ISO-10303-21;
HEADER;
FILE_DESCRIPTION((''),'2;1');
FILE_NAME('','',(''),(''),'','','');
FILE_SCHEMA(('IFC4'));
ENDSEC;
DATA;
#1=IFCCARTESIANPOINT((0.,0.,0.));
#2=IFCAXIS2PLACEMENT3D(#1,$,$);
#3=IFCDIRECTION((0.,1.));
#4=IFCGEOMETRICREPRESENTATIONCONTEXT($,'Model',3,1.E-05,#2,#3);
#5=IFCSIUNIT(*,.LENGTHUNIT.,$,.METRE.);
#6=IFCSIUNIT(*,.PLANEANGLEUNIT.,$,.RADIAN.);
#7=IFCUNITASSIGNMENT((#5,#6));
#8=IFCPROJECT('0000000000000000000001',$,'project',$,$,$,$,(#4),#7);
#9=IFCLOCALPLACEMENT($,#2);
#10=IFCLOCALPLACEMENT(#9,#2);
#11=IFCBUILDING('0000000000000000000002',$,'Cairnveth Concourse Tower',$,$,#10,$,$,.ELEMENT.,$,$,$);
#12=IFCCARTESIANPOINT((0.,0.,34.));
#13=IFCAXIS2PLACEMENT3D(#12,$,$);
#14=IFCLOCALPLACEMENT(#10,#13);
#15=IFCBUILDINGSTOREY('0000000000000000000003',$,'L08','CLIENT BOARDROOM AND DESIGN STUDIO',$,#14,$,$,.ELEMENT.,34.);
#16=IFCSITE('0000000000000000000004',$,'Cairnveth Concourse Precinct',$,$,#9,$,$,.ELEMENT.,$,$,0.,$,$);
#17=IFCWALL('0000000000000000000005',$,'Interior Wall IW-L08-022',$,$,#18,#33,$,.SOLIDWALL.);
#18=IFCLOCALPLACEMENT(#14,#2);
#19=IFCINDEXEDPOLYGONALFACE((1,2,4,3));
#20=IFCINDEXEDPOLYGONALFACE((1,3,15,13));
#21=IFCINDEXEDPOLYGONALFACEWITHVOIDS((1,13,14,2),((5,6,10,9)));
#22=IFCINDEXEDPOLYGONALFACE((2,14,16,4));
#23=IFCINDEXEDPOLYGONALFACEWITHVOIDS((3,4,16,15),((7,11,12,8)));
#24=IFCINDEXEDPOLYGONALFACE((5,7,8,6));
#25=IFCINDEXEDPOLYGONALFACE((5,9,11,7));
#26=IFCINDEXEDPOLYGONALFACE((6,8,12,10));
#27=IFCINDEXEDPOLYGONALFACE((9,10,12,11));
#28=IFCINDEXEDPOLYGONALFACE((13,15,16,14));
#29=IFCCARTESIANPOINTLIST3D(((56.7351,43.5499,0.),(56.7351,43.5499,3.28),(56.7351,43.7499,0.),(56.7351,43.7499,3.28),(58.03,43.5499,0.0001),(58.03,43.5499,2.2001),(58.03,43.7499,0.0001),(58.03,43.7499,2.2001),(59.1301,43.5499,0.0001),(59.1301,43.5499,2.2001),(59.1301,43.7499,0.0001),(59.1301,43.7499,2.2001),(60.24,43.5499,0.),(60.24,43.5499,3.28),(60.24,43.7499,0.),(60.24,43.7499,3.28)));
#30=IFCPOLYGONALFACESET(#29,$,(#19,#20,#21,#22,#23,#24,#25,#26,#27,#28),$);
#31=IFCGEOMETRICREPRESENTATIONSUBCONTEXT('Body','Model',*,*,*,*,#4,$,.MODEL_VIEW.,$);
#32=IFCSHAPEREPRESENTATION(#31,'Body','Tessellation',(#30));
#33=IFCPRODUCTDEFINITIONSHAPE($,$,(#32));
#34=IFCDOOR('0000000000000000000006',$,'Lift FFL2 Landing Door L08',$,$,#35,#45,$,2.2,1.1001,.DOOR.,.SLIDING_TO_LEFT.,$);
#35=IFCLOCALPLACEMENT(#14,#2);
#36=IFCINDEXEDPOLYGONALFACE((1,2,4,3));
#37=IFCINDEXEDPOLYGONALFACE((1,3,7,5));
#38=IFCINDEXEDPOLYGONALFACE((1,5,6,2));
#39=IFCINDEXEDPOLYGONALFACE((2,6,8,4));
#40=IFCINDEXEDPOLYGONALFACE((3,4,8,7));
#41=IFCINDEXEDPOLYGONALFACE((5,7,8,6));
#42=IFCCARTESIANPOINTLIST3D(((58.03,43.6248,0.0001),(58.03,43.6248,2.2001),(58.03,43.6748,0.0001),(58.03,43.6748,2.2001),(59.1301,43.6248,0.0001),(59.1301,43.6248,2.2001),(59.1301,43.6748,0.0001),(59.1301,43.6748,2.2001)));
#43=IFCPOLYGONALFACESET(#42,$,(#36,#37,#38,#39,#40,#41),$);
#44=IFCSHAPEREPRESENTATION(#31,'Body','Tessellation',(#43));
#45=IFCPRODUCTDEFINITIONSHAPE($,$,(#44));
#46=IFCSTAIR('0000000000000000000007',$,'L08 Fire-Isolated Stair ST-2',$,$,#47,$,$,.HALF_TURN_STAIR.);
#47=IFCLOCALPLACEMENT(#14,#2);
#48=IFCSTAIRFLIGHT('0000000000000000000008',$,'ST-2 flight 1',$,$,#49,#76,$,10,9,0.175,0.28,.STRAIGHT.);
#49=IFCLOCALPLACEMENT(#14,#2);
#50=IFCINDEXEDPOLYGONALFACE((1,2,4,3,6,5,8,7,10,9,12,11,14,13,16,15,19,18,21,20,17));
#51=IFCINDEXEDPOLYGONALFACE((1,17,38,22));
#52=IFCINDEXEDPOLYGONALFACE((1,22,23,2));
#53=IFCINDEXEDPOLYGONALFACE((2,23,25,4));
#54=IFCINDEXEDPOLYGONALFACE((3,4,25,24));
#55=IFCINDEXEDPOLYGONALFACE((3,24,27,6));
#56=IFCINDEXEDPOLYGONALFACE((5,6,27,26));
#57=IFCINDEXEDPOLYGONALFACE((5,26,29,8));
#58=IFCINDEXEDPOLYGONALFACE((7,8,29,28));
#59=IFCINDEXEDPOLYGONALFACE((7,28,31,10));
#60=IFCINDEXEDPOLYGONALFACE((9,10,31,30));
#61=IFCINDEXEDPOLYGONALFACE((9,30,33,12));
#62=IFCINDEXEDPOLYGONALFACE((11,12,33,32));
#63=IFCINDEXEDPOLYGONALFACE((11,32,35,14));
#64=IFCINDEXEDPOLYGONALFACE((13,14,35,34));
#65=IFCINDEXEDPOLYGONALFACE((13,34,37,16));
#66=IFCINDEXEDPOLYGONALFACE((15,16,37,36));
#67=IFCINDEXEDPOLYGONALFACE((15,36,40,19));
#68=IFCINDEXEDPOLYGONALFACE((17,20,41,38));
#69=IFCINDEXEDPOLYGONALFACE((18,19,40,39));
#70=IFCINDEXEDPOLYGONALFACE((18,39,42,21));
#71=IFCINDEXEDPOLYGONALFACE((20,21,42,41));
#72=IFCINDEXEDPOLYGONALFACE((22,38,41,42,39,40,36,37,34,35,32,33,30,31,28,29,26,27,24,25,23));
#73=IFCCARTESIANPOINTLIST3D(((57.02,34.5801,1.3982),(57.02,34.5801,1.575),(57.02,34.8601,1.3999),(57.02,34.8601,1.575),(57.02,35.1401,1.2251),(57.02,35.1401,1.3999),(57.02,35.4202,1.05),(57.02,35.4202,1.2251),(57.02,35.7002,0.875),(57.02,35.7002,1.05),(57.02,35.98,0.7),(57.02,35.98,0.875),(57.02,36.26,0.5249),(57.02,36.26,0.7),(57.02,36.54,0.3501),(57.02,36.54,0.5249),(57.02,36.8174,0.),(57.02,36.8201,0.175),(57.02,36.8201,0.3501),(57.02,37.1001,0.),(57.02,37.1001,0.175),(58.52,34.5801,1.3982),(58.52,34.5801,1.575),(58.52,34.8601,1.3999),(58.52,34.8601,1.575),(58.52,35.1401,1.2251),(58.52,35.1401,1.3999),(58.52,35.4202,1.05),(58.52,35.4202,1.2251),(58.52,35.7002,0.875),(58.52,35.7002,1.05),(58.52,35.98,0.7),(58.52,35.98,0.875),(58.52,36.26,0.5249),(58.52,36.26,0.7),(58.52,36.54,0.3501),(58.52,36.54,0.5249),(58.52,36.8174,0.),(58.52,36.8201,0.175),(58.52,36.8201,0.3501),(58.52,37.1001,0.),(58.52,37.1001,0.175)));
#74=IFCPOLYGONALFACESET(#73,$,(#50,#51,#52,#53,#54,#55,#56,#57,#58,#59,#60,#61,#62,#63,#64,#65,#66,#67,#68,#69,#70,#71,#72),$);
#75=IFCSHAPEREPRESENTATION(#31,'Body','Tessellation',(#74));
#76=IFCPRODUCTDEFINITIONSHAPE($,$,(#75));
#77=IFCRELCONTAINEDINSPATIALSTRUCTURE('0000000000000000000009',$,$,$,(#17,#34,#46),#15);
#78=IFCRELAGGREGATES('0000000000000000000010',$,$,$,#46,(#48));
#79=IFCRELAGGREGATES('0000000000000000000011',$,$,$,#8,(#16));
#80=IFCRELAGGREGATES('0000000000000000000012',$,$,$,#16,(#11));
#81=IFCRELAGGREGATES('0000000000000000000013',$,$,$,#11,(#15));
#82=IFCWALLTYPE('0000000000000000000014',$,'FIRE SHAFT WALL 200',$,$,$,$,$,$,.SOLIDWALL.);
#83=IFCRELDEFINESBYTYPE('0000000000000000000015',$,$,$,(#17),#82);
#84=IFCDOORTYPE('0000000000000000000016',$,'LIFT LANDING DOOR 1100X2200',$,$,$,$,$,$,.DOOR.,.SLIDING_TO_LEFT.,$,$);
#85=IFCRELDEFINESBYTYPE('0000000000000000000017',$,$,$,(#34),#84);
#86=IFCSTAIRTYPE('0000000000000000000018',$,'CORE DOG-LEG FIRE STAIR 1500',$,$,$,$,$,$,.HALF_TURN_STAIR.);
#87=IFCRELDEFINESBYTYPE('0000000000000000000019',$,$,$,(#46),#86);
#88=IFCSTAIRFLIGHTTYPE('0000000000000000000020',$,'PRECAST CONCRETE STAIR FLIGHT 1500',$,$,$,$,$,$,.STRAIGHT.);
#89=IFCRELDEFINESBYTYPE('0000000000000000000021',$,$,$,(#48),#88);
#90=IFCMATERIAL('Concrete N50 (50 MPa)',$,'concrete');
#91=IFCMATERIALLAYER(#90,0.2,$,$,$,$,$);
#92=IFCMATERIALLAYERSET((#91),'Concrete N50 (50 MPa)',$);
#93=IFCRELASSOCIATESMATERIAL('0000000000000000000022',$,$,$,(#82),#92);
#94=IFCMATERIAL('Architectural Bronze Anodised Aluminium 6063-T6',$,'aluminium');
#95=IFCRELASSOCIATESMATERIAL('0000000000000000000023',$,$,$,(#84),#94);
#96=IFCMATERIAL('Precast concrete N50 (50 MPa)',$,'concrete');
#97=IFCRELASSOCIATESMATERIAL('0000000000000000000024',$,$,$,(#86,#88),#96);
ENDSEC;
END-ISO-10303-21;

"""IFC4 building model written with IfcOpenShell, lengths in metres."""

from ifc_helpers import new_model, si_unit, direction, frame, frame_2d, origin, place, context, subcontext, project, spatial, polyline, rectangle, outline, extrude, material, layer, layer_set, type_object, element, fill, aggregate, save


model = new_model("IFC4")

# Units and contexts
model_context = context("Model", 3, precision=1e-05, world=origin(), true_north=direction((0.0, 1.0)))
body_context = subcontext(model_context, "Body", "Model", "MODEL_VIEW")
ifc_project = project(units=[si_unit("LENGTHUNIT", "METRE"), si_unit("PLANEANGLEUNIT", "RADIAN")], contexts=[model_context])

# Site, building, storey
site_placement = place(None, origin())
site = spatial("IfcSite", under=ifc_project, at=site_placement, Name="Cairnveth Concourse Precinct", CompositionType="ELEMENT", RefElevation=0.0)
building_placement = place(site_placement, origin())
building = spatial("IfcBuilding", under=site, at=building_placement, Name="Cairnveth Concourse Tower", CompositionType="ELEMENT")
storey_placement = place(building_placement, frame((0.0, 0.0, 34.0)))
storey = spatial("IfcBuildingStorey", under=building, at=storey_placement, Name="L08", Description="CLIENT BOARDROOM AND DESIGN STUDIO", CompositionType="ELEMENT", Elevation=34.0)

# Shared definitions
ifc_material_1 = material(Name="Concrete N50 (50 MPa)", Category="concrete")

# Shared definitions
ifc_layer_1 = layer(ifc_material_1, 0.2)
ifc_layer_set_1 = layer_set([ifc_layer_1], Name="Concrete N50 (50 MPa)")
wall_type_1 = type_object("IfcWallType", Name="FIRE SHAFT WALL 200", PredefinedType="SOLIDWALL", material=ifc_layer_set_1)

# Wall, opening, door
wall_1_placement = place(storey_placement, frame((56.7351, 43.6499, 0.0), z_axis=(0.0, 0.0, 1.0), x_axis=(1.0, 0.0, 0.0)))
wall_1 = element("IfcWall", 1, at=wall_1_placement, inside=storey, type_object=wall_type_1, Name="Interior Wall IW-L08-022", PredefinedType="SOLIDWALL", context=body_context, shape_type="SweptSolid", body=[
    extrude(rectangle(XDim=3.5049, YDim=0.2, at=frame_2d((1.7524, 0.0))), origin(), (0.0, 0.0, 1.0), 3.28),
])
opening_1_placement = place(wall_1_placement, frame((1.2949, 0.0, 0.0)))
opening_1 = element("IfcOpeningElement", 2, at=opening_1_placement, cuts=wall_1, PredefinedType="OPENING", context=body_context, shape_type="SweptSolid", body=[
    extrude(rectangle(XDim=1.1001, YDim=2.2, at=frame_2d((0.55, 1.1001))), frame((0.0, 0.1099, 0.0), z_axis=(0.0, -1.0, 0.0), x_axis=(1.0, 0.0, 0.0)), (0.0, 0.0, 1.0), 0.22),
])
ifc_material_2 = material(Name="Architectural Bronze Anodised Aluminium 6063-T6", Category="aluminium")
door_type_1 = type_object("IfcDoorType", Name="LIFT LANDING DOOR 1100X2200", OperationType="SLIDING_TO_LEFT", PredefinedType="DOOR", material=ifc_material_2)
door_1_placement = place(opening_1_placement, origin())
door_1 = element("IfcDoor", 3, at=door_1_placement, inside=storey, type_object=door_type_1, Name="Lift FFL2 Landing Door L08", OperationType="SLIDING_TO_LEFT", OverallHeight=2.2, OverallWidth=1.1001, PredefinedType="DOOR", context=body_context, shape_type="SweptSolid", body=[
    extrude(rectangle(XDim=1.1001, YDim=2.2, at=frame_2d((0.55, 1.1001))), frame((0.0, 0.0249, 0.0), z_axis=(0.0, -1.0, 0.0), x_axis=(1.0, 0.0, 0.0)), (0.0, 0.0, 1.0), 0.05),
])
fill(opening_1, door_1)

# Stair, stair flight
ifc_material_3 = material(Name="Precast concrete N50 (50 MPa)", Category="concrete")
stair_type = type_object("IfcStairType", Name="CORE DOG-LEG FIRE STAIR 1500", PredefinedType="HALF_TURN_STAIR", material=ifc_material_3)
stair_placement = place(storey_placement, origin())
stair = element("IfcStair", 4, at=stair_placement, inside=storey, type_object=stair_type, Name="L08 Fire-Isolated Stair ST-2", PredefinedType="HALF_TURN_STAIR")
stair_flight_type = type_object("IfcStairFlightType", Name="PRECAST CONCRETE STAIR FLIGHT 1500", PredefinedType="STRAIGHT", material=ifc_material_3)
stair_flight_placement = place(storey_placement, frame((57.77, 37.1001, 0.0), z_axis=(0.0, 0.0, 1.0), x_axis=(0.0, -1.0, 0.0)))
stair_flight = element("IfcStairFlight", 5, at=stair_flight_placement, type_object=stair_flight_type, Name="ST-2 flight 1", NumberOfRisers=10, NumberOfTreads=9, PredefinedType="STRAIGHT", RiserHeight=0.175, TreadLength=0.28, context=body_context, shape_type="SweptSolid", body=[
    extrude(outline(polyline([(0.0, 0.0), (0.0, 0.175), (0.28, 0.175), (0.28, 0.3501), (0.5601, 0.3501), (0.5601, 0.5249), (0.8401, 0.5249), (0.8401, 0.7), (1.1201, 0.7), (1.1201, 0.875), (1.3999, 0.875), (1.3999, 1.05), (1.6799, 1.05), (1.6799, 1.2251), (1.96, 1.2251), (1.96, 1.3999), (2.24, 1.3999), (2.24, 1.575), (2.52, 1.575), (2.52, 1.75), (2.52, 1.3982), (0.2827, 0.0), (0.0, 0.0)])), frame((0.0, 0.75, 0.0), z_axis=(0.0, -1.0, 0.0), x_axis=(1.0, 0.0, 0.0)), (0.0, 0.0, 1.0), 1.5),
])
aggregate(stair, [stair_flight])

save(model, "model.ifc")
